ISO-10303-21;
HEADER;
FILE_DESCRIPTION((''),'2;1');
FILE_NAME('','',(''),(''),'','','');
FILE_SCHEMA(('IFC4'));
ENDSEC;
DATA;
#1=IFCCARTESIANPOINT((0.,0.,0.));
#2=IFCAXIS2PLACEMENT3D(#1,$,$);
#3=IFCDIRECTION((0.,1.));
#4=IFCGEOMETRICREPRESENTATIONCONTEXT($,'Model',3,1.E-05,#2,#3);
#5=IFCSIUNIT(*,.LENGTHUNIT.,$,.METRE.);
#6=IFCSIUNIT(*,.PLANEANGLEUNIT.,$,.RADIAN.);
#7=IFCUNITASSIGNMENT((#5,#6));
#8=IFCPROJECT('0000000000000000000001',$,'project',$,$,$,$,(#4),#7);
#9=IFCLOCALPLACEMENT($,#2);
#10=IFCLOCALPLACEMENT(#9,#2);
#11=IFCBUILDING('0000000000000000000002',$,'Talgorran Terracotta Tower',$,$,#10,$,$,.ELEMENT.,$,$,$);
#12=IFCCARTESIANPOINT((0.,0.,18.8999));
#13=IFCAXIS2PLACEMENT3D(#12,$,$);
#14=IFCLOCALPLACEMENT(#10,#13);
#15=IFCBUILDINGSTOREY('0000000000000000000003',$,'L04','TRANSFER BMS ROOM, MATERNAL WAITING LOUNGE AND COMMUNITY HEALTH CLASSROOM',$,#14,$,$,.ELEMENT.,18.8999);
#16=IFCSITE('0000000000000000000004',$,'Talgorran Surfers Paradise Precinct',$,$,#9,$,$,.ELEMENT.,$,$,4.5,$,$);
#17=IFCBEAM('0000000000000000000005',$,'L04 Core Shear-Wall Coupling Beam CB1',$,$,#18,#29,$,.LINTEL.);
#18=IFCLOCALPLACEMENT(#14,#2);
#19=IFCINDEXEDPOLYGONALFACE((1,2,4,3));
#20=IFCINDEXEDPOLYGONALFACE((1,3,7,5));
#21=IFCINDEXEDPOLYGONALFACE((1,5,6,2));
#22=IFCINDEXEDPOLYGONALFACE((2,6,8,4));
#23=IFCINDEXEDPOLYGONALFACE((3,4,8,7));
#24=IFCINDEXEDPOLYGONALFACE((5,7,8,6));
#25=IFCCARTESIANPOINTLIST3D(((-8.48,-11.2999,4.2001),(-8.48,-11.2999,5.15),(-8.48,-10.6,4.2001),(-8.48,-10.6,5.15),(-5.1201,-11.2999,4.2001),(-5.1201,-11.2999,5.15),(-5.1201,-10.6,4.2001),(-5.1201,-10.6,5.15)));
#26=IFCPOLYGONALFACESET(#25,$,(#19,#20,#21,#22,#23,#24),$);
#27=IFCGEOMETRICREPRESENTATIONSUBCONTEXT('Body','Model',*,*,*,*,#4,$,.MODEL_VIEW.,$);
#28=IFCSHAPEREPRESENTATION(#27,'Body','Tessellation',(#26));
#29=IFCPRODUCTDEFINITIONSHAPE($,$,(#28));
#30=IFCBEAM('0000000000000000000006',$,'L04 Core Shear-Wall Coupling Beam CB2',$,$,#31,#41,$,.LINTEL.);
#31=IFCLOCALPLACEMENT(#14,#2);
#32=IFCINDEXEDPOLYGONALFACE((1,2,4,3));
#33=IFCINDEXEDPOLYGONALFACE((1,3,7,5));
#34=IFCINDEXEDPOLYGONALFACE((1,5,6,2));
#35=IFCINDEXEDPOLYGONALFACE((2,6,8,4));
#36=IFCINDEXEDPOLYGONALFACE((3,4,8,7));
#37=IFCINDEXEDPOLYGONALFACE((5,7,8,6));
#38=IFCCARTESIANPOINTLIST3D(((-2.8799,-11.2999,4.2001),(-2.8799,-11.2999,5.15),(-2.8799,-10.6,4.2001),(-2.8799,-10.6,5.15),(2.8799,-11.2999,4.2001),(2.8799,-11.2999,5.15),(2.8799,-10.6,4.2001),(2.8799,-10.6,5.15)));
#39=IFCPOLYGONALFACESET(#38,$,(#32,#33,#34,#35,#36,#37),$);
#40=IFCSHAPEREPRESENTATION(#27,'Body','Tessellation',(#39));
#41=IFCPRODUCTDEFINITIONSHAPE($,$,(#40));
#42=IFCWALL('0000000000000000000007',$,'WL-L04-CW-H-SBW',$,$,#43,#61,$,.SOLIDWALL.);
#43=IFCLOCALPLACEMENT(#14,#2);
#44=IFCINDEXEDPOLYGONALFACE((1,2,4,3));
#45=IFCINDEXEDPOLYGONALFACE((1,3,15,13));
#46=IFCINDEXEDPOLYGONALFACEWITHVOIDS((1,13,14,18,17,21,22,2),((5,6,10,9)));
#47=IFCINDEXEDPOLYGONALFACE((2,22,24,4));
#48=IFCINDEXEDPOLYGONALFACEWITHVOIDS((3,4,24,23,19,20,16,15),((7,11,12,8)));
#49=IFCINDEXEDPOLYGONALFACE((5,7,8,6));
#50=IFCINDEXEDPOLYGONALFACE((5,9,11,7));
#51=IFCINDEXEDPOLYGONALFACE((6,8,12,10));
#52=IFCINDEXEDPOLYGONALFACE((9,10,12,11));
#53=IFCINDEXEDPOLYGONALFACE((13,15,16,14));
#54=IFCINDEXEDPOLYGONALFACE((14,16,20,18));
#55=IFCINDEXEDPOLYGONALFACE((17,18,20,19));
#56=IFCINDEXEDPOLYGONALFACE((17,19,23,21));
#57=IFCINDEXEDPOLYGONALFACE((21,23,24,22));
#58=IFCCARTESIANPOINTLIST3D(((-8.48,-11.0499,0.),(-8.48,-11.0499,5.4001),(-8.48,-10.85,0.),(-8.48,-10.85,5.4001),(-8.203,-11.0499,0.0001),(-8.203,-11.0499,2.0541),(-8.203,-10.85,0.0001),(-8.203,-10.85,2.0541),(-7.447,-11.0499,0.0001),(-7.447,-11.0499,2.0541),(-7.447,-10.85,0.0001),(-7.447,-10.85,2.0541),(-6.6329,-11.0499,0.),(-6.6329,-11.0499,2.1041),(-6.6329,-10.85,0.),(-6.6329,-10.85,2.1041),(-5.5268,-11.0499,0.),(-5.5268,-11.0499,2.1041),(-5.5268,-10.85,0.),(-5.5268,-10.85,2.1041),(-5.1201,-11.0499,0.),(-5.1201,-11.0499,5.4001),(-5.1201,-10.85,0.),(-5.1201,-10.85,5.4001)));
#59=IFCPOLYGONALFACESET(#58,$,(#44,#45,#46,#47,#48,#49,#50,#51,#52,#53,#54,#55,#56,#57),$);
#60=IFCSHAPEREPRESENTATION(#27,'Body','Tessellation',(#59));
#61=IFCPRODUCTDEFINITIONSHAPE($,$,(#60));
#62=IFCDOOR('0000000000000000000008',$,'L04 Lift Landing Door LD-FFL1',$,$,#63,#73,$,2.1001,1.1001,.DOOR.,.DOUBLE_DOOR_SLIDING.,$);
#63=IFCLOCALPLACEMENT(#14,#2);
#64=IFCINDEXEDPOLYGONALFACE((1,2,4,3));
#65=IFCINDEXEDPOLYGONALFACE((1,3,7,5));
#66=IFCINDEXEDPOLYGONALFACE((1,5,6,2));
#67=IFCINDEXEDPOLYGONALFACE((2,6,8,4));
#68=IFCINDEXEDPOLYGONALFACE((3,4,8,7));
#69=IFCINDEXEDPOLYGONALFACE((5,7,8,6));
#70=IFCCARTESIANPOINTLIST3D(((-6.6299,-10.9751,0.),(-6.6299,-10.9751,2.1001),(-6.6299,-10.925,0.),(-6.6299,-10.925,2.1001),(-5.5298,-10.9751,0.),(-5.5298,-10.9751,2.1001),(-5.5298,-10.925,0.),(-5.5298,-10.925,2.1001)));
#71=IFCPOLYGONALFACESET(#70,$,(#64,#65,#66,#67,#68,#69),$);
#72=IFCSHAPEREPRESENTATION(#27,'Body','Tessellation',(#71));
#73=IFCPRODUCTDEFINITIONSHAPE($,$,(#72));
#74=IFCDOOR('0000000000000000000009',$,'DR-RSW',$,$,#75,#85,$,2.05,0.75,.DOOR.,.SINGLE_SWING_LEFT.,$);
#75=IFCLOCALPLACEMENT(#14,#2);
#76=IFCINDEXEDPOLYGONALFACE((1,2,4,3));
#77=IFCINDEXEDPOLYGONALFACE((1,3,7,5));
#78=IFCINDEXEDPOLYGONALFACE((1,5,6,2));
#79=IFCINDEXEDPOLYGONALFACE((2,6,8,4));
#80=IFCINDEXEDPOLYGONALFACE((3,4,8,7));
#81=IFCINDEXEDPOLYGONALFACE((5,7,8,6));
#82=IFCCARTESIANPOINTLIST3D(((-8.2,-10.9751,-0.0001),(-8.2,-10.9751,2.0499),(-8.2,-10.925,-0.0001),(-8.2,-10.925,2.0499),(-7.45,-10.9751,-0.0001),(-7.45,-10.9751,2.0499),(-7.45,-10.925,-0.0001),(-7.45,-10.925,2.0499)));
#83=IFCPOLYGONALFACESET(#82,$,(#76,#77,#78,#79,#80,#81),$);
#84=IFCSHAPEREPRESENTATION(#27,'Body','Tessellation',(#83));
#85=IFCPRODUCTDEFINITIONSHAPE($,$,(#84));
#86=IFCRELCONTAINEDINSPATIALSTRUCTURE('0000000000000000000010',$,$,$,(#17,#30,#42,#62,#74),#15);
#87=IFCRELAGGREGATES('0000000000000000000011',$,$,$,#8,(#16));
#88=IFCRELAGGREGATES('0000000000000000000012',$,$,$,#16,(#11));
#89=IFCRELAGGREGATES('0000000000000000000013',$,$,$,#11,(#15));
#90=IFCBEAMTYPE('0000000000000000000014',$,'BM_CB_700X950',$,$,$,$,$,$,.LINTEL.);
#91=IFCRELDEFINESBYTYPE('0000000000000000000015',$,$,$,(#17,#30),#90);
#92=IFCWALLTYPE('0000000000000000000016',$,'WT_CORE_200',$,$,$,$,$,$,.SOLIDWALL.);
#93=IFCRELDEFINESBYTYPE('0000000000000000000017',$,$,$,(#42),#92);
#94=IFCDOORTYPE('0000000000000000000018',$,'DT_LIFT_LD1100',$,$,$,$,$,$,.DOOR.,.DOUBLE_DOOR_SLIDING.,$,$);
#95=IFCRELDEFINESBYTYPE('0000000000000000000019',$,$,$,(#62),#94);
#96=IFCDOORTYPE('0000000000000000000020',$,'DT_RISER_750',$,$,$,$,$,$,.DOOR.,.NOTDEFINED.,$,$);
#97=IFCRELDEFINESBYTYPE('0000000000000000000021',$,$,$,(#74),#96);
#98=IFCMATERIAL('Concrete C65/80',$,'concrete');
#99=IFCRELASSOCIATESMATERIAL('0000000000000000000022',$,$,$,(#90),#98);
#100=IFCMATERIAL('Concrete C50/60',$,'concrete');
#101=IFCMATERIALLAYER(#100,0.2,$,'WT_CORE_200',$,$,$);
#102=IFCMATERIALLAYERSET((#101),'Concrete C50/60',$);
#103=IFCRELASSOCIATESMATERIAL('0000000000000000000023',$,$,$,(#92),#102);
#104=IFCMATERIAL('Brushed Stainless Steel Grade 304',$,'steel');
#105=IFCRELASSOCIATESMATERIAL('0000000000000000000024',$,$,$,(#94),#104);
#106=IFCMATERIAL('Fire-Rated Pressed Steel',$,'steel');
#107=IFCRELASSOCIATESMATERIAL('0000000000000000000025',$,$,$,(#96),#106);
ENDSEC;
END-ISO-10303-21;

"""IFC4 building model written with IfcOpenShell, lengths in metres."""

from ifc_helpers import new_model, si_unit, direction, frame, frame_2d, origin, origin_2d, place, context, subcontext, project, spatial, rectangle, extrude, material, layer, layer_set, material_profile, profile_set, type_object, element, fill, save


model = new_model("IFC4")

# Units and contexts
model_context = context("Model", 3, precision=1e-05, world=origin(), true_north=direction((0.0, 1.0)))
body_context = subcontext(model_context, "Body", "Model", "MODEL_VIEW")
ifc_project = project(units=[si_unit("LENGTHUNIT", "METRE"), si_unit("PLANEANGLEUNIT", "RADIAN")], contexts=[model_context])

# Site, building, storey
site_placement = place(None, origin())
site = spatial("IfcSite", under=ifc_project, at=site_placement, Name="Talgorran Surfers Paradise Precinct", CompositionType="ELEMENT", RefElevation=4.5)
building_placement = place(site_placement, origin())
building = spatial("IfcBuilding", under=site, at=building_placement, Name="Talgorran Terracotta Tower", CompositionType="ELEMENT")
storey_placement = place(building_placement, frame((0.0, 0.0, 18.8999)))
storey = spatial("IfcBuildingStorey", under=building, at=storey_placement, Name="L04", Description="TRANSFER BMS ROOM, MATERNAL WAITING LOUNGE AND COMMUNITY HEALTH CLASSROOM", CompositionType="ELEMENT", Elevation=18.8999)

# Beams
ifc_material_1 = material(Name="Concrete C65/80", Category="concrete")
ifc_material_profile = material_profile(ifc_material_1, rectangle(XDim=0.7, YDim=0.95, at=origin_2d()), Name="RCCB700X950")
ifc_profile_set = profile_set([ifc_material_profile], Name="Concrete C65/80")
beam_type = type_object("IfcBeamType", Name="BM_CB_700X950", PredefinedType="LINTEL", material=ifc_profile_set)
beam_1_placement = place(storey_placement, frame((-8.48, -10.95, 4.675), z_axis=(1.0, 0.0, 0.0), x_axis=(0.0, 1.0, 0.0)))
element("IfcBeam", 1, at=beam_1_placement, inside=storey, type_object=beam_type, Name="L04 Core Shear-Wall Coupling Beam CB1", PredefinedType="LINTEL", context=body_context, shape_type="SweptSolid", body=[
    extrude(rectangle(XDim=0.7, YDim=0.95, at=origin_2d()), origin(), (0.0, 0.0, 1.0), 3.3599),
])
beam_2_placement = place(storey_placement, frame((-2.8799, -10.95, 4.675), z_axis=(1.0, 0.0, 0.0), x_axis=(0.0, 1.0, 0.0)))
element("IfcBeam", 2, at=beam_2_placement, inside=storey, type_object=beam_type, Name="L04 Core Shear-Wall Coupling Beam CB2", PredefinedType="LINTEL", context=body_context, shape_type="SweptSolid", body=[
    extrude(rectangle(XDim=0.7, YDim=0.95, at=origin_2d()), origin(), (0.0, 0.0, 1.0), 5.7598),
])

# Wall, openings, doors
ifc_material_2 = material(Name="Concrete C50/60", Category="concrete")
ifc_layer_1 = layer(ifc_material_2, 0.2, Name="WT_CORE_200")
ifc_layer_set_1 = layer_set([ifc_layer_1], Name="Concrete C50/60")
wall_type_1 = type_object("IfcWallType", Name="WT_CORE_200", PredefinedType="SOLIDWALL", material=ifc_layer_set_1)
wall_1_placement = place(storey_placement, frame((-8.48, -10.95, 0.0), z_axis=(0.0, 0.0, 1.0), x_axis=(1.0, 0.0, 0.0)))
wall_1 = element("IfcWall", 3, at=wall_1_placement, inside=storey, type_object=wall_type_1, Name="WL-L04-CW-H-SBW", PredefinedType="SOLIDWALL", context=body_context, shape_type="SweptSolid", body=[
    extrude(rectangle(XDim=3.3599, YDim=0.2, at=frame_2d((1.6799, 0.0))), origin(), (0.0, 0.0, 1.0), 5.4001),
])
opening_1_placement = place(wall_1_placement, frame((0.28, 0.0, 0.0)))
opening_1 = element("IfcOpeningElement", 4, at=opening_1_placement, cuts=wall_1, PredefinedType="OPENING", context=body_context, shape_type="SweptSolid", body=[
    extrude(rectangle(XDim=0.756, YDim=2.054, at=frame_2d((0.375, 1.0271))), frame((0.0, 0.1099, 0.0), z_axis=(0.0, -1.0, 0.0), x_axis=(1.0, 0.0, 0.0)), (0.0, 0.0, 1.0), 0.22),
])
opening_2_placement = place(wall_1_placement, frame((1.8501, 0.0, 0.0)))
opening_2 = element("IfcOpeningElement", 5, at=opening_2_placement, cuts=wall_1, PredefinedType="OPENING", context=body_context, shape_type="SweptSolid", body=[
    extrude(rectangle(XDim=1.1061, YDim=2.1041, at=frame_2d((0.55, 1.052))), frame((0.0, 0.1099, 0.0), z_axis=(0.0, -1.0, 0.0), x_axis=(1.0, 0.0, 0.0)), (0.0, 0.0, 1.0), 0.22),
])
ifc_material_3 = material(Name="Brushed Stainless Steel Grade 304", Category="steel")
door_type_1 = type_object("IfcDoorType", Name="DT_LIFT_LD1100", OperationType="DOUBLE_DOOR_SLIDING", PredefinedType="DOOR", material=ifc_material_3)
door_1_placement = place(opening_2_placement, origin())
door_1 = element("IfcDoor", 6, at=door_1_placement, inside=storey, type_object=door_type_1, Name="L04 Lift Landing Door LD-FFL1", OperationType="DOUBLE_DOOR_SLIDING", OverallHeight=2.1001, OverallWidth=1.1001, PredefinedType="DOOR", context=body_context, shape_type="SweptSolid", body=[
    extrude(rectangle(XDim=1.1001, YDim=2.1001, at=frame_2d((0.55, 1.05))), frame((0.0, 0.0249, 0.0), z_axis=(0.0, -1.0, 0.0), x_axis=(1.0, 0.0, 0.0)), (0.0, 0.0, 1.0), 0.05),
])
fill(opening_2, door_1)
ifc_material_4 = material(Name="Fire-Rated Pressed Steel", Category="steel")
door_type_2 = type_object("IfcDoorType", Name="DT_RISER_750", OperationType="NOTDEFINED", PredefinedType="DOOR", material=ifc_material_4)
door_2_placement = place(opening_1_placement, origin())
door_2 = element("IfcDoor", 7, at=door_2_placement, inside=storey, type_object=door_type_2, Name="DR-RSW", OperationType="SINGLE_SWING_LEFT", OverallHeight=2.05, OverallWidth=0.75, PredefinedType="DOOR", context=body_context, shape_type="SweptSolid", body=[
    extrude(rectangle(XDim=0.75, YDim=2.05, at=frame_2d((0.375, 1.0249))), frame((0.0, 0.0249, 0.0), z_axis=(0.0, -1.0, 0.0), x_axis=(1.0, 0.0, 0.0)), (0.0, 0.0, 1.0), 0.05),
])
fill(opening_1, door_2)

save(model, "model.ifc")
